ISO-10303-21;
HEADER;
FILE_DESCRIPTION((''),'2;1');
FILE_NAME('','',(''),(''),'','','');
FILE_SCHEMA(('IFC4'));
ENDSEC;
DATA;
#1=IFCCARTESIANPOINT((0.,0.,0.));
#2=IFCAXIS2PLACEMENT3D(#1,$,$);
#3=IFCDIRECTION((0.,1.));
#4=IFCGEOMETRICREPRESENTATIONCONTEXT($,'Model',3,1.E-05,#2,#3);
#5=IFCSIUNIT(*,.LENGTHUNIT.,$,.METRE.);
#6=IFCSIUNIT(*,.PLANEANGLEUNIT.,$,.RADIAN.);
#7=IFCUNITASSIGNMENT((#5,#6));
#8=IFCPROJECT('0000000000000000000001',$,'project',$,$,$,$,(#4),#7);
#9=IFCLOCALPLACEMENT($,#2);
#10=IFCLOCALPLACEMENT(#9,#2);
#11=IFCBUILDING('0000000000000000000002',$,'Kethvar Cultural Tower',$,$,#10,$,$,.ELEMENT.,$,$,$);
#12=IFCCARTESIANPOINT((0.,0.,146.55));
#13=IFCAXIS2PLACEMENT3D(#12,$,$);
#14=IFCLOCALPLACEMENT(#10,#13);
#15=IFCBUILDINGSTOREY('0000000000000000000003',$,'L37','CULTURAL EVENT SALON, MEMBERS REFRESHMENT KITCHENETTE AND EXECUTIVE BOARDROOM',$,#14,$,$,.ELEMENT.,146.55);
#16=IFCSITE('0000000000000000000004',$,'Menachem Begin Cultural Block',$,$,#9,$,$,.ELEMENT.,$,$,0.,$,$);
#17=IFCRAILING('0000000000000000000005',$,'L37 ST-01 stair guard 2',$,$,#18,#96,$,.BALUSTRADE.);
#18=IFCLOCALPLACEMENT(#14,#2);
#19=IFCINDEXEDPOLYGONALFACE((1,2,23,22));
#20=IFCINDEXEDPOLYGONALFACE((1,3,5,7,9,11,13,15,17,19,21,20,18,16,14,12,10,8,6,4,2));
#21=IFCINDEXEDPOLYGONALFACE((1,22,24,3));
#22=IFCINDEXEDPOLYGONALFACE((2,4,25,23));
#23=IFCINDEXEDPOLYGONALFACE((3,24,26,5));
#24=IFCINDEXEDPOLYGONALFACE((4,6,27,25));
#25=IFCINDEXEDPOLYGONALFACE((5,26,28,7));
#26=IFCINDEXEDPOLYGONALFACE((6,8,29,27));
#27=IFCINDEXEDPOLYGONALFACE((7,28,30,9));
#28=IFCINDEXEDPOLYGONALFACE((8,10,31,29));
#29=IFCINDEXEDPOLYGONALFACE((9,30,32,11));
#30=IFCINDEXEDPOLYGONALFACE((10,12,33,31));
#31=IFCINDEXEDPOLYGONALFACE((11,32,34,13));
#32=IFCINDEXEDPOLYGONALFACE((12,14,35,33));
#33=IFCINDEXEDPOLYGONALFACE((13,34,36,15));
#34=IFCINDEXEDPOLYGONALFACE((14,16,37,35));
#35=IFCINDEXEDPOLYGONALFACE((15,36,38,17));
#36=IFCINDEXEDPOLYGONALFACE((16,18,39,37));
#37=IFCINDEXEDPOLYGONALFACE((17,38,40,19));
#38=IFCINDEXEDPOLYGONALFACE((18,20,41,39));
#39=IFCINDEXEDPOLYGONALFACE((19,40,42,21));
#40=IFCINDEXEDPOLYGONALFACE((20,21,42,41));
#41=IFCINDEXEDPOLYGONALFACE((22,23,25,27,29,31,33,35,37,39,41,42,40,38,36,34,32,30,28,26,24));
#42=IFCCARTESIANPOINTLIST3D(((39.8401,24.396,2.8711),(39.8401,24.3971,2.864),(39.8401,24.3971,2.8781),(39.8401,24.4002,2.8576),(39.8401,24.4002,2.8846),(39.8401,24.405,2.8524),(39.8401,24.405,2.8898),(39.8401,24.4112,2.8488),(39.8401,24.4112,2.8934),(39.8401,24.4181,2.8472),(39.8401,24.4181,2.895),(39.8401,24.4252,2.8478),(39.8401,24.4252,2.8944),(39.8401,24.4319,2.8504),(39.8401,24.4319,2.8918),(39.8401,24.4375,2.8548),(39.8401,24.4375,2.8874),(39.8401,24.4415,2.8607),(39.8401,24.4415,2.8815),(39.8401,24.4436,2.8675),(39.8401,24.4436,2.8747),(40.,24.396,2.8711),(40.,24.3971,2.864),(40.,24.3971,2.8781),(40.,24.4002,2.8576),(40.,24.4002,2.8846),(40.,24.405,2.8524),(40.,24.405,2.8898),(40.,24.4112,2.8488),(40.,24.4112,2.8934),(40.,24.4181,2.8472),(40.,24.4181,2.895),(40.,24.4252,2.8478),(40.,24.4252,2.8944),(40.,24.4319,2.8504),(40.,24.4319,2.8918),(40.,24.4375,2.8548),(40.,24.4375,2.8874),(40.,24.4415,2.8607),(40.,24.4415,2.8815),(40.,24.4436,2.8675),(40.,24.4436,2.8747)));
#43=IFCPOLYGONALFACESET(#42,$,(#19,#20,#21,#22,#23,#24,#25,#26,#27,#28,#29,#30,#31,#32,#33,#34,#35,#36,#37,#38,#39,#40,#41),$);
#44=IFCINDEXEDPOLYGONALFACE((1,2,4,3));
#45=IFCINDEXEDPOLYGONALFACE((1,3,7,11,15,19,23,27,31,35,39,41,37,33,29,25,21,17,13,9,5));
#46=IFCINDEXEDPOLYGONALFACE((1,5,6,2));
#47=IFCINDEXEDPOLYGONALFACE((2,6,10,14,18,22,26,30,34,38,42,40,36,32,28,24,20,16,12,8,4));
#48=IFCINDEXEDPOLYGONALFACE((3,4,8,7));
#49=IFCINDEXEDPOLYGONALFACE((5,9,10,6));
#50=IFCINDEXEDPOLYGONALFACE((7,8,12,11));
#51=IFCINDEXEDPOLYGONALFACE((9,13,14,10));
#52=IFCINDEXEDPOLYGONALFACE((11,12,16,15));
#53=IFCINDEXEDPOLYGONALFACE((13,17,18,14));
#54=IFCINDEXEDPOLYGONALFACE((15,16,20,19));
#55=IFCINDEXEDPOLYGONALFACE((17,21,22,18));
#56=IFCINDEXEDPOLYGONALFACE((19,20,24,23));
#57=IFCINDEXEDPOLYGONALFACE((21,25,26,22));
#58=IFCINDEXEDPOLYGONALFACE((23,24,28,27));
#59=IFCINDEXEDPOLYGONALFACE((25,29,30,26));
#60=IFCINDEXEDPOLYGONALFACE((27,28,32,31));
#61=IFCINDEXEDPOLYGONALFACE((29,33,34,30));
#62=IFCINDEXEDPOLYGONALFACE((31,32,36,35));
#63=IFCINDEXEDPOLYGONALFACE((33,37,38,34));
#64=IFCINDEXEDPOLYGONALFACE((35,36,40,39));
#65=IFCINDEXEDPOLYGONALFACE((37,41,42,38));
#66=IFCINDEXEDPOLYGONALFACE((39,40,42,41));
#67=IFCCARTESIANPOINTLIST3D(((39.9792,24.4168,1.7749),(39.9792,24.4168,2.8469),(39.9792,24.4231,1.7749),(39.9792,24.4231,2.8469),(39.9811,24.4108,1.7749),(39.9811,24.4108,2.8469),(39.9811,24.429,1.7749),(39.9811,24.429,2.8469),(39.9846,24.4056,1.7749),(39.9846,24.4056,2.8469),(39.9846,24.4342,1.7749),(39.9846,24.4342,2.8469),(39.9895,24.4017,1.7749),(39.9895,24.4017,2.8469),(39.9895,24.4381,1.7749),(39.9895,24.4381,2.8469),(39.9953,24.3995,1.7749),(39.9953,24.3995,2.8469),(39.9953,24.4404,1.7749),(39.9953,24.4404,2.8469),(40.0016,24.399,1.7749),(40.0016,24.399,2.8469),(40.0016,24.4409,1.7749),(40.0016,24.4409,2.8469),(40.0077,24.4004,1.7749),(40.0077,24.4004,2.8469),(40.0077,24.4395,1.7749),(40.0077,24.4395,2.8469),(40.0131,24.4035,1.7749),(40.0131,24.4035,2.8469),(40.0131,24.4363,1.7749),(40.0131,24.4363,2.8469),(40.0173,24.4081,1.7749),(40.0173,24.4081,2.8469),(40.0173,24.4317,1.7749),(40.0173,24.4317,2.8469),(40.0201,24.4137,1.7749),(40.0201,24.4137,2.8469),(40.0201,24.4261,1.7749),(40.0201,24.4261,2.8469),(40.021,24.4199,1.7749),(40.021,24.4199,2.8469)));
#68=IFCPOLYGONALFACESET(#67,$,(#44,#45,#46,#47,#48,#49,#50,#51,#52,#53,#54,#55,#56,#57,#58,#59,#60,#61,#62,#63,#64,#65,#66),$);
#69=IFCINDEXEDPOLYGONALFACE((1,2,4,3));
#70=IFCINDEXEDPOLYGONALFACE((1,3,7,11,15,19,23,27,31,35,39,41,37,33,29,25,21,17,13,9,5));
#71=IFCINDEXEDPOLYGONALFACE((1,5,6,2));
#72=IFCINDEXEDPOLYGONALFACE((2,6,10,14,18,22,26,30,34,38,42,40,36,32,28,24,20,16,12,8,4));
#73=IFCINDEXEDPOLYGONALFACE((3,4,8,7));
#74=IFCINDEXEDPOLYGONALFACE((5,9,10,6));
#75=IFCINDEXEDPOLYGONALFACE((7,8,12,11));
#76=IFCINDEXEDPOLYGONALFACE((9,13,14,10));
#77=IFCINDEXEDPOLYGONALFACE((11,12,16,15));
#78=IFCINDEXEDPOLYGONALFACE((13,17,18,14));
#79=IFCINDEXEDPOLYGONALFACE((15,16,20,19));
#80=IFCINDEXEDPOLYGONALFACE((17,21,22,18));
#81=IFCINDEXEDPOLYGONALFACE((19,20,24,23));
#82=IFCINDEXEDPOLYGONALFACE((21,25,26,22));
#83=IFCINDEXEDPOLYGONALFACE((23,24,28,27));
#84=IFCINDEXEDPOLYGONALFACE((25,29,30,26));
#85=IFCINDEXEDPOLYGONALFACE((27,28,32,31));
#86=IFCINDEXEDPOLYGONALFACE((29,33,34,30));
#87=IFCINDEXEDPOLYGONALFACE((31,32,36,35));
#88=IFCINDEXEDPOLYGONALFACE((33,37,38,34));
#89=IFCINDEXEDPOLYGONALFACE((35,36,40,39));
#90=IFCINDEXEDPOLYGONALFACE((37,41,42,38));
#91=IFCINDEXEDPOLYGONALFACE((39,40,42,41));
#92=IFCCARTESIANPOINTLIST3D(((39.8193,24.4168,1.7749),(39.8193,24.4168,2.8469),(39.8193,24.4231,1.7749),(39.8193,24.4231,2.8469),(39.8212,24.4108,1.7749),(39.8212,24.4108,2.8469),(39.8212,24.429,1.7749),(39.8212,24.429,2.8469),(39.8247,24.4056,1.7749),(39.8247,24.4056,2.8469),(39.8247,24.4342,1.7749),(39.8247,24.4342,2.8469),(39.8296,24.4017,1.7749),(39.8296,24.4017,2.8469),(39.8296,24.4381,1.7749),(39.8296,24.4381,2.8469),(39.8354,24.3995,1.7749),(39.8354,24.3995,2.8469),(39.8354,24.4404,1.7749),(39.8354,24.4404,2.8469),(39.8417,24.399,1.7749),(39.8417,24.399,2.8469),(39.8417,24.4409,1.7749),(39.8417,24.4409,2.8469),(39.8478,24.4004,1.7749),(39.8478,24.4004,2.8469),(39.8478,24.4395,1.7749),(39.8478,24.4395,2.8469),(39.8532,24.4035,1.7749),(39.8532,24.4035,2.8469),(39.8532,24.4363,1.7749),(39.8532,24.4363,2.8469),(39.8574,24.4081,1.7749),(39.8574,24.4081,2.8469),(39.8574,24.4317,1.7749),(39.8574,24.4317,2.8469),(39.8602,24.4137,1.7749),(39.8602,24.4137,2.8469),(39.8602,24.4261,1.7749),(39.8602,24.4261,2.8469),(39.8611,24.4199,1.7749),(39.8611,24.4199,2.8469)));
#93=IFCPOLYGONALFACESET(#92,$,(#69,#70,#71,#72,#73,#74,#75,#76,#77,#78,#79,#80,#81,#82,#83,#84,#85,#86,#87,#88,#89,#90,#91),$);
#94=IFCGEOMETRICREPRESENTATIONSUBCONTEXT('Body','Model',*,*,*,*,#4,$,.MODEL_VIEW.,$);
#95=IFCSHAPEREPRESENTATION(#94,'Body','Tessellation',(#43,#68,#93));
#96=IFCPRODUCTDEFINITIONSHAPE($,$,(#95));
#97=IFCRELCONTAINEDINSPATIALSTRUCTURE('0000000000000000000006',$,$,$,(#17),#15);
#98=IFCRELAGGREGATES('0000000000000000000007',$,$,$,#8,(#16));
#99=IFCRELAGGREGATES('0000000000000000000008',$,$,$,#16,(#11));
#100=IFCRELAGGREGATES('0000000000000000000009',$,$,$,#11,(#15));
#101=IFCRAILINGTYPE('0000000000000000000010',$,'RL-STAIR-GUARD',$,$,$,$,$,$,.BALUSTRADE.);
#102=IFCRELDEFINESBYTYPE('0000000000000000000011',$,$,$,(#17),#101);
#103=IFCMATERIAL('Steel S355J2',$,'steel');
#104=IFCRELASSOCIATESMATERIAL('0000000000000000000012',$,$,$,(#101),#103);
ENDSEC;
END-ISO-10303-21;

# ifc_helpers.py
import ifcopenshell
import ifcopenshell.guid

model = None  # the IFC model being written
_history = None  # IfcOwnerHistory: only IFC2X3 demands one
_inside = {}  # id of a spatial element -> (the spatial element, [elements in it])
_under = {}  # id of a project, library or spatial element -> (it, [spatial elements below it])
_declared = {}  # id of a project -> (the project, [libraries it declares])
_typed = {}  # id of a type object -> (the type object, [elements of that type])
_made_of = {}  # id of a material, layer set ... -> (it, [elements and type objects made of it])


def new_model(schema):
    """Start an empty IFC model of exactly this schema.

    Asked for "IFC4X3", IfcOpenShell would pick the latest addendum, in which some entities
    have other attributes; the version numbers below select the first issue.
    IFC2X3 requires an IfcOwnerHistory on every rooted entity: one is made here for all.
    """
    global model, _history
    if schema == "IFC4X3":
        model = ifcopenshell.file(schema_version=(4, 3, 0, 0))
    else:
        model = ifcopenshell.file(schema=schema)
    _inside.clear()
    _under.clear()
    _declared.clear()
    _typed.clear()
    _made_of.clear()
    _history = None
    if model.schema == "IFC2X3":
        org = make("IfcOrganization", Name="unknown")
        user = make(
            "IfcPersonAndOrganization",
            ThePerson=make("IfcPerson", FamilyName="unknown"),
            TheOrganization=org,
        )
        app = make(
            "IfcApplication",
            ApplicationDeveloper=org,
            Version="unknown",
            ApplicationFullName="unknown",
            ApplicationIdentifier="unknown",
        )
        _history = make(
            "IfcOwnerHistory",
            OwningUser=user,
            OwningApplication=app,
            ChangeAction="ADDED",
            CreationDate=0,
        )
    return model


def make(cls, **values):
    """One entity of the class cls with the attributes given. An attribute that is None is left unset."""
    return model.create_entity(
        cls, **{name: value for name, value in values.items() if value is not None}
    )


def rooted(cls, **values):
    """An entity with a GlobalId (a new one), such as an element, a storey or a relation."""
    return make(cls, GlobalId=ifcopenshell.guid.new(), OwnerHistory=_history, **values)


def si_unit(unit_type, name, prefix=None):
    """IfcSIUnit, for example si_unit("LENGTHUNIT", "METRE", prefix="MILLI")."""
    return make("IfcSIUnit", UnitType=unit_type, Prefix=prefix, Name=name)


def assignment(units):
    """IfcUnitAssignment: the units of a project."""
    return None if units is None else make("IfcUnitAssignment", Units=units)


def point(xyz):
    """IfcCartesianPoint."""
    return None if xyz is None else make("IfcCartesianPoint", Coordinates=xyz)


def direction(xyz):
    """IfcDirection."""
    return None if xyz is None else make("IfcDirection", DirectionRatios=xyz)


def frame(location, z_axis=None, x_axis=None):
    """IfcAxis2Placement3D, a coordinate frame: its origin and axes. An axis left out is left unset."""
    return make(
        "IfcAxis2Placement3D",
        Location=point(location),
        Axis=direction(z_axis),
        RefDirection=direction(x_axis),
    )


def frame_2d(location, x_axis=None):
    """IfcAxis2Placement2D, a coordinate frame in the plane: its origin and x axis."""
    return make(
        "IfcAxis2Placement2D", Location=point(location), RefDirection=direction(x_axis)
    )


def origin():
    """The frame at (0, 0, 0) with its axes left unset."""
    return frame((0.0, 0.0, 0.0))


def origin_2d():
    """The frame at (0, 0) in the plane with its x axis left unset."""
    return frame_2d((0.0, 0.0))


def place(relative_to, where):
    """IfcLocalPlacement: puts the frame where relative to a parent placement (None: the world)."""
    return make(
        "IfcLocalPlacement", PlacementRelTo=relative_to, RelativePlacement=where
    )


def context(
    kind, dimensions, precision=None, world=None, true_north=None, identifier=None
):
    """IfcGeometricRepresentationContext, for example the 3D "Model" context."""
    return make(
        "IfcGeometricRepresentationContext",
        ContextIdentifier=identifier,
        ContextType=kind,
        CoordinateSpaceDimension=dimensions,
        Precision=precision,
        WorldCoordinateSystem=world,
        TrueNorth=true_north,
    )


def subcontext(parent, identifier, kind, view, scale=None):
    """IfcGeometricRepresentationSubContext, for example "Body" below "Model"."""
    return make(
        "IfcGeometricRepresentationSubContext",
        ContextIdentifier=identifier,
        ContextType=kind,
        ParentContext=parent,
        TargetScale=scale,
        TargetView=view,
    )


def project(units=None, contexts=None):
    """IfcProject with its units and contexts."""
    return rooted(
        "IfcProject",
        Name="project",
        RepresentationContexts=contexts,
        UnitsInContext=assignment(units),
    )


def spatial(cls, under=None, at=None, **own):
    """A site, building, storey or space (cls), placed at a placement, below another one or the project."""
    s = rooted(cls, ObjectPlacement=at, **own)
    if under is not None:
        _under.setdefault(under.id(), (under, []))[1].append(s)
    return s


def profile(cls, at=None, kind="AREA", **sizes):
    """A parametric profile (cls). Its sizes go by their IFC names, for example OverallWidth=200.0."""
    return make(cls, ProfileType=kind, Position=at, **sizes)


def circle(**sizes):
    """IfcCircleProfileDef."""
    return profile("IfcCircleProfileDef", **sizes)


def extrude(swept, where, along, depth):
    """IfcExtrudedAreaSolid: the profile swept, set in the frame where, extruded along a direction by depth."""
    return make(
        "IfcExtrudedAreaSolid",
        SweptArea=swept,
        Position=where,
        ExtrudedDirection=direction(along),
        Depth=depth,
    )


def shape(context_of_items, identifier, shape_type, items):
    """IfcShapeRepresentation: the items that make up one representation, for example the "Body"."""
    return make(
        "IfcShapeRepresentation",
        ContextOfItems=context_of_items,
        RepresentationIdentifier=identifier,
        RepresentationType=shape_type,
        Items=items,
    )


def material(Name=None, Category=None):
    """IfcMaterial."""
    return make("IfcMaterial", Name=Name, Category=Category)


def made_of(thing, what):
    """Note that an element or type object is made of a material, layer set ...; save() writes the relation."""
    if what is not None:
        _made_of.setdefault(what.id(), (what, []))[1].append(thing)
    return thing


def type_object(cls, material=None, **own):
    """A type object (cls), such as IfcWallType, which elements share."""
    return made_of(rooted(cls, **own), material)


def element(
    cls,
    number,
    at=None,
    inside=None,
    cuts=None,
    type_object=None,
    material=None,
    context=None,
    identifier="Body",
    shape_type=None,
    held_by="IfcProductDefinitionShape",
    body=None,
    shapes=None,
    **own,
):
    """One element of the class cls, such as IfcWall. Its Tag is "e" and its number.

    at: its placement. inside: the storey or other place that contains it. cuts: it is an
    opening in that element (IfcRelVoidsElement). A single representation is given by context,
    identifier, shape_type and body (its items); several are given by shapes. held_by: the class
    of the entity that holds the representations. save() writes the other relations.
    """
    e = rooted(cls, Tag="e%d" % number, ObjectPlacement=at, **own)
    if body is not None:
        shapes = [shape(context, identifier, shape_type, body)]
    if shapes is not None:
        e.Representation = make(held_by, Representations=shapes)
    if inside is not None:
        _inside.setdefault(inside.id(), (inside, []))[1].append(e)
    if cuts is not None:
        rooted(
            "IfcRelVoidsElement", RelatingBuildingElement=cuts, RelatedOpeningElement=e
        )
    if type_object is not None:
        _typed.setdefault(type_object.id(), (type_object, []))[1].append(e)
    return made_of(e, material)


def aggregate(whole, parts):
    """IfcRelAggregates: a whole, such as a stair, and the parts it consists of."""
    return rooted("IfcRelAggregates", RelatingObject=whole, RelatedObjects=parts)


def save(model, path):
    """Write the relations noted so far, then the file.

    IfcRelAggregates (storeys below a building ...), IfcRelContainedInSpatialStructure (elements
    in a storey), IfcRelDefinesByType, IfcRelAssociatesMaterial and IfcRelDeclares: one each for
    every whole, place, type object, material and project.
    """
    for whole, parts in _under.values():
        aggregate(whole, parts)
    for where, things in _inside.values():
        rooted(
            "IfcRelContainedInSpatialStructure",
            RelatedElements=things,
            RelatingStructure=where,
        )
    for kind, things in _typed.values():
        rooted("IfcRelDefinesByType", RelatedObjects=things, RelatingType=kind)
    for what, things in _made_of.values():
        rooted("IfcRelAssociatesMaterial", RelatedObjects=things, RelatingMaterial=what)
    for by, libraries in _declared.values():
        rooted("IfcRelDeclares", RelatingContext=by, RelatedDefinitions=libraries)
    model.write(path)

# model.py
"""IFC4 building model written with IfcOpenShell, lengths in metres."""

from ifc_helpers import new_model, si_unit, direction, frame, origin, origin_2d, place, context, subcontext, project, spatial, circle, extrude, material, type_object, element, save


model = new_model("IFC4")

# Units and contexts
model_context = context("Model", 3, precision=1e-05, world=origin(), true_north=direction((0.0, 1.0)))
body_context = subcontext(model_context, "Body", "Model", "MODEL_VIEW")
ifc_project = project(units=[si_unit("LENGTHUNIT", "METRE"), si_unit("PLANEANGLEUNIT", "RADIAN")], contexts=[model_context])

# Site, building, storey
site_placement = place(None, origin())
site = spatial("IfcSite", under=ifc_project, at=site_placement, Name="Menachem Begin Cultural Block", CompositionType="ELEMENT", RefElevation=0.0)
building_placement = place(site_placement, origin())
building = spatial("IfcBuilding", under=site, at=building_placement, Name="Kethvar Cultural Tower", CompositionType="ELEMENT")
storey_placement = place(building_placement, frame((0.0, 0.0, 146.55)))
storey = spatial("IfcBuildingStorey", under=building, at=storey_placement, Name="L37", Description="CULTURAL EVENT SALON, MEMBERS REFRESHMENT KITCHENETTE AND EXECUTIVE BOARDROOM", CompositionType="ELEMENT", Elevation=146.55)

# Shared definitions
ifc_material_1 = material(Name="Steel S355J2", Category="steel")

# Railing
railing_type_1 = type_object("IfcRailingType", Name="RL-STAIR-GUARD", PredefinedType="BALUSTRADE", material=ifc_material_1)
railing_1_placement = place(storey_placement, frame((40.0, 24.4199, 1.7749)))
element("IfcRailing", 1, at=railing_1_placement, inside=storey, type_object=railing_type_1, Name="L37 ST-01 stair guard 2", PredefinedType="BALUSTRADE", context=body_context, shape_type="SweptSolid", body=[
    extrude(circle(Radius=0.0239, at=origin_2d()), frame((0.0, 0.0, 1.0962), z_axis=(-1.0, 0.0, 0.0), x_axis=(0.0, -1.0, 0.0)), (0.0, 0.0, 1.0), 0.1599),
    extrude(circle(Radius=0.021, at=origin_2d()), origin(), (0.0, 0.0, 1.0), 1.072),
    extrude(circle(Radius=0.021, at=origin_2d()), frame((-0.1599, 0.0, 0.0)), (0.0, 0.0, 1.0), 1.072),
])

save(model, "model.ifc")
